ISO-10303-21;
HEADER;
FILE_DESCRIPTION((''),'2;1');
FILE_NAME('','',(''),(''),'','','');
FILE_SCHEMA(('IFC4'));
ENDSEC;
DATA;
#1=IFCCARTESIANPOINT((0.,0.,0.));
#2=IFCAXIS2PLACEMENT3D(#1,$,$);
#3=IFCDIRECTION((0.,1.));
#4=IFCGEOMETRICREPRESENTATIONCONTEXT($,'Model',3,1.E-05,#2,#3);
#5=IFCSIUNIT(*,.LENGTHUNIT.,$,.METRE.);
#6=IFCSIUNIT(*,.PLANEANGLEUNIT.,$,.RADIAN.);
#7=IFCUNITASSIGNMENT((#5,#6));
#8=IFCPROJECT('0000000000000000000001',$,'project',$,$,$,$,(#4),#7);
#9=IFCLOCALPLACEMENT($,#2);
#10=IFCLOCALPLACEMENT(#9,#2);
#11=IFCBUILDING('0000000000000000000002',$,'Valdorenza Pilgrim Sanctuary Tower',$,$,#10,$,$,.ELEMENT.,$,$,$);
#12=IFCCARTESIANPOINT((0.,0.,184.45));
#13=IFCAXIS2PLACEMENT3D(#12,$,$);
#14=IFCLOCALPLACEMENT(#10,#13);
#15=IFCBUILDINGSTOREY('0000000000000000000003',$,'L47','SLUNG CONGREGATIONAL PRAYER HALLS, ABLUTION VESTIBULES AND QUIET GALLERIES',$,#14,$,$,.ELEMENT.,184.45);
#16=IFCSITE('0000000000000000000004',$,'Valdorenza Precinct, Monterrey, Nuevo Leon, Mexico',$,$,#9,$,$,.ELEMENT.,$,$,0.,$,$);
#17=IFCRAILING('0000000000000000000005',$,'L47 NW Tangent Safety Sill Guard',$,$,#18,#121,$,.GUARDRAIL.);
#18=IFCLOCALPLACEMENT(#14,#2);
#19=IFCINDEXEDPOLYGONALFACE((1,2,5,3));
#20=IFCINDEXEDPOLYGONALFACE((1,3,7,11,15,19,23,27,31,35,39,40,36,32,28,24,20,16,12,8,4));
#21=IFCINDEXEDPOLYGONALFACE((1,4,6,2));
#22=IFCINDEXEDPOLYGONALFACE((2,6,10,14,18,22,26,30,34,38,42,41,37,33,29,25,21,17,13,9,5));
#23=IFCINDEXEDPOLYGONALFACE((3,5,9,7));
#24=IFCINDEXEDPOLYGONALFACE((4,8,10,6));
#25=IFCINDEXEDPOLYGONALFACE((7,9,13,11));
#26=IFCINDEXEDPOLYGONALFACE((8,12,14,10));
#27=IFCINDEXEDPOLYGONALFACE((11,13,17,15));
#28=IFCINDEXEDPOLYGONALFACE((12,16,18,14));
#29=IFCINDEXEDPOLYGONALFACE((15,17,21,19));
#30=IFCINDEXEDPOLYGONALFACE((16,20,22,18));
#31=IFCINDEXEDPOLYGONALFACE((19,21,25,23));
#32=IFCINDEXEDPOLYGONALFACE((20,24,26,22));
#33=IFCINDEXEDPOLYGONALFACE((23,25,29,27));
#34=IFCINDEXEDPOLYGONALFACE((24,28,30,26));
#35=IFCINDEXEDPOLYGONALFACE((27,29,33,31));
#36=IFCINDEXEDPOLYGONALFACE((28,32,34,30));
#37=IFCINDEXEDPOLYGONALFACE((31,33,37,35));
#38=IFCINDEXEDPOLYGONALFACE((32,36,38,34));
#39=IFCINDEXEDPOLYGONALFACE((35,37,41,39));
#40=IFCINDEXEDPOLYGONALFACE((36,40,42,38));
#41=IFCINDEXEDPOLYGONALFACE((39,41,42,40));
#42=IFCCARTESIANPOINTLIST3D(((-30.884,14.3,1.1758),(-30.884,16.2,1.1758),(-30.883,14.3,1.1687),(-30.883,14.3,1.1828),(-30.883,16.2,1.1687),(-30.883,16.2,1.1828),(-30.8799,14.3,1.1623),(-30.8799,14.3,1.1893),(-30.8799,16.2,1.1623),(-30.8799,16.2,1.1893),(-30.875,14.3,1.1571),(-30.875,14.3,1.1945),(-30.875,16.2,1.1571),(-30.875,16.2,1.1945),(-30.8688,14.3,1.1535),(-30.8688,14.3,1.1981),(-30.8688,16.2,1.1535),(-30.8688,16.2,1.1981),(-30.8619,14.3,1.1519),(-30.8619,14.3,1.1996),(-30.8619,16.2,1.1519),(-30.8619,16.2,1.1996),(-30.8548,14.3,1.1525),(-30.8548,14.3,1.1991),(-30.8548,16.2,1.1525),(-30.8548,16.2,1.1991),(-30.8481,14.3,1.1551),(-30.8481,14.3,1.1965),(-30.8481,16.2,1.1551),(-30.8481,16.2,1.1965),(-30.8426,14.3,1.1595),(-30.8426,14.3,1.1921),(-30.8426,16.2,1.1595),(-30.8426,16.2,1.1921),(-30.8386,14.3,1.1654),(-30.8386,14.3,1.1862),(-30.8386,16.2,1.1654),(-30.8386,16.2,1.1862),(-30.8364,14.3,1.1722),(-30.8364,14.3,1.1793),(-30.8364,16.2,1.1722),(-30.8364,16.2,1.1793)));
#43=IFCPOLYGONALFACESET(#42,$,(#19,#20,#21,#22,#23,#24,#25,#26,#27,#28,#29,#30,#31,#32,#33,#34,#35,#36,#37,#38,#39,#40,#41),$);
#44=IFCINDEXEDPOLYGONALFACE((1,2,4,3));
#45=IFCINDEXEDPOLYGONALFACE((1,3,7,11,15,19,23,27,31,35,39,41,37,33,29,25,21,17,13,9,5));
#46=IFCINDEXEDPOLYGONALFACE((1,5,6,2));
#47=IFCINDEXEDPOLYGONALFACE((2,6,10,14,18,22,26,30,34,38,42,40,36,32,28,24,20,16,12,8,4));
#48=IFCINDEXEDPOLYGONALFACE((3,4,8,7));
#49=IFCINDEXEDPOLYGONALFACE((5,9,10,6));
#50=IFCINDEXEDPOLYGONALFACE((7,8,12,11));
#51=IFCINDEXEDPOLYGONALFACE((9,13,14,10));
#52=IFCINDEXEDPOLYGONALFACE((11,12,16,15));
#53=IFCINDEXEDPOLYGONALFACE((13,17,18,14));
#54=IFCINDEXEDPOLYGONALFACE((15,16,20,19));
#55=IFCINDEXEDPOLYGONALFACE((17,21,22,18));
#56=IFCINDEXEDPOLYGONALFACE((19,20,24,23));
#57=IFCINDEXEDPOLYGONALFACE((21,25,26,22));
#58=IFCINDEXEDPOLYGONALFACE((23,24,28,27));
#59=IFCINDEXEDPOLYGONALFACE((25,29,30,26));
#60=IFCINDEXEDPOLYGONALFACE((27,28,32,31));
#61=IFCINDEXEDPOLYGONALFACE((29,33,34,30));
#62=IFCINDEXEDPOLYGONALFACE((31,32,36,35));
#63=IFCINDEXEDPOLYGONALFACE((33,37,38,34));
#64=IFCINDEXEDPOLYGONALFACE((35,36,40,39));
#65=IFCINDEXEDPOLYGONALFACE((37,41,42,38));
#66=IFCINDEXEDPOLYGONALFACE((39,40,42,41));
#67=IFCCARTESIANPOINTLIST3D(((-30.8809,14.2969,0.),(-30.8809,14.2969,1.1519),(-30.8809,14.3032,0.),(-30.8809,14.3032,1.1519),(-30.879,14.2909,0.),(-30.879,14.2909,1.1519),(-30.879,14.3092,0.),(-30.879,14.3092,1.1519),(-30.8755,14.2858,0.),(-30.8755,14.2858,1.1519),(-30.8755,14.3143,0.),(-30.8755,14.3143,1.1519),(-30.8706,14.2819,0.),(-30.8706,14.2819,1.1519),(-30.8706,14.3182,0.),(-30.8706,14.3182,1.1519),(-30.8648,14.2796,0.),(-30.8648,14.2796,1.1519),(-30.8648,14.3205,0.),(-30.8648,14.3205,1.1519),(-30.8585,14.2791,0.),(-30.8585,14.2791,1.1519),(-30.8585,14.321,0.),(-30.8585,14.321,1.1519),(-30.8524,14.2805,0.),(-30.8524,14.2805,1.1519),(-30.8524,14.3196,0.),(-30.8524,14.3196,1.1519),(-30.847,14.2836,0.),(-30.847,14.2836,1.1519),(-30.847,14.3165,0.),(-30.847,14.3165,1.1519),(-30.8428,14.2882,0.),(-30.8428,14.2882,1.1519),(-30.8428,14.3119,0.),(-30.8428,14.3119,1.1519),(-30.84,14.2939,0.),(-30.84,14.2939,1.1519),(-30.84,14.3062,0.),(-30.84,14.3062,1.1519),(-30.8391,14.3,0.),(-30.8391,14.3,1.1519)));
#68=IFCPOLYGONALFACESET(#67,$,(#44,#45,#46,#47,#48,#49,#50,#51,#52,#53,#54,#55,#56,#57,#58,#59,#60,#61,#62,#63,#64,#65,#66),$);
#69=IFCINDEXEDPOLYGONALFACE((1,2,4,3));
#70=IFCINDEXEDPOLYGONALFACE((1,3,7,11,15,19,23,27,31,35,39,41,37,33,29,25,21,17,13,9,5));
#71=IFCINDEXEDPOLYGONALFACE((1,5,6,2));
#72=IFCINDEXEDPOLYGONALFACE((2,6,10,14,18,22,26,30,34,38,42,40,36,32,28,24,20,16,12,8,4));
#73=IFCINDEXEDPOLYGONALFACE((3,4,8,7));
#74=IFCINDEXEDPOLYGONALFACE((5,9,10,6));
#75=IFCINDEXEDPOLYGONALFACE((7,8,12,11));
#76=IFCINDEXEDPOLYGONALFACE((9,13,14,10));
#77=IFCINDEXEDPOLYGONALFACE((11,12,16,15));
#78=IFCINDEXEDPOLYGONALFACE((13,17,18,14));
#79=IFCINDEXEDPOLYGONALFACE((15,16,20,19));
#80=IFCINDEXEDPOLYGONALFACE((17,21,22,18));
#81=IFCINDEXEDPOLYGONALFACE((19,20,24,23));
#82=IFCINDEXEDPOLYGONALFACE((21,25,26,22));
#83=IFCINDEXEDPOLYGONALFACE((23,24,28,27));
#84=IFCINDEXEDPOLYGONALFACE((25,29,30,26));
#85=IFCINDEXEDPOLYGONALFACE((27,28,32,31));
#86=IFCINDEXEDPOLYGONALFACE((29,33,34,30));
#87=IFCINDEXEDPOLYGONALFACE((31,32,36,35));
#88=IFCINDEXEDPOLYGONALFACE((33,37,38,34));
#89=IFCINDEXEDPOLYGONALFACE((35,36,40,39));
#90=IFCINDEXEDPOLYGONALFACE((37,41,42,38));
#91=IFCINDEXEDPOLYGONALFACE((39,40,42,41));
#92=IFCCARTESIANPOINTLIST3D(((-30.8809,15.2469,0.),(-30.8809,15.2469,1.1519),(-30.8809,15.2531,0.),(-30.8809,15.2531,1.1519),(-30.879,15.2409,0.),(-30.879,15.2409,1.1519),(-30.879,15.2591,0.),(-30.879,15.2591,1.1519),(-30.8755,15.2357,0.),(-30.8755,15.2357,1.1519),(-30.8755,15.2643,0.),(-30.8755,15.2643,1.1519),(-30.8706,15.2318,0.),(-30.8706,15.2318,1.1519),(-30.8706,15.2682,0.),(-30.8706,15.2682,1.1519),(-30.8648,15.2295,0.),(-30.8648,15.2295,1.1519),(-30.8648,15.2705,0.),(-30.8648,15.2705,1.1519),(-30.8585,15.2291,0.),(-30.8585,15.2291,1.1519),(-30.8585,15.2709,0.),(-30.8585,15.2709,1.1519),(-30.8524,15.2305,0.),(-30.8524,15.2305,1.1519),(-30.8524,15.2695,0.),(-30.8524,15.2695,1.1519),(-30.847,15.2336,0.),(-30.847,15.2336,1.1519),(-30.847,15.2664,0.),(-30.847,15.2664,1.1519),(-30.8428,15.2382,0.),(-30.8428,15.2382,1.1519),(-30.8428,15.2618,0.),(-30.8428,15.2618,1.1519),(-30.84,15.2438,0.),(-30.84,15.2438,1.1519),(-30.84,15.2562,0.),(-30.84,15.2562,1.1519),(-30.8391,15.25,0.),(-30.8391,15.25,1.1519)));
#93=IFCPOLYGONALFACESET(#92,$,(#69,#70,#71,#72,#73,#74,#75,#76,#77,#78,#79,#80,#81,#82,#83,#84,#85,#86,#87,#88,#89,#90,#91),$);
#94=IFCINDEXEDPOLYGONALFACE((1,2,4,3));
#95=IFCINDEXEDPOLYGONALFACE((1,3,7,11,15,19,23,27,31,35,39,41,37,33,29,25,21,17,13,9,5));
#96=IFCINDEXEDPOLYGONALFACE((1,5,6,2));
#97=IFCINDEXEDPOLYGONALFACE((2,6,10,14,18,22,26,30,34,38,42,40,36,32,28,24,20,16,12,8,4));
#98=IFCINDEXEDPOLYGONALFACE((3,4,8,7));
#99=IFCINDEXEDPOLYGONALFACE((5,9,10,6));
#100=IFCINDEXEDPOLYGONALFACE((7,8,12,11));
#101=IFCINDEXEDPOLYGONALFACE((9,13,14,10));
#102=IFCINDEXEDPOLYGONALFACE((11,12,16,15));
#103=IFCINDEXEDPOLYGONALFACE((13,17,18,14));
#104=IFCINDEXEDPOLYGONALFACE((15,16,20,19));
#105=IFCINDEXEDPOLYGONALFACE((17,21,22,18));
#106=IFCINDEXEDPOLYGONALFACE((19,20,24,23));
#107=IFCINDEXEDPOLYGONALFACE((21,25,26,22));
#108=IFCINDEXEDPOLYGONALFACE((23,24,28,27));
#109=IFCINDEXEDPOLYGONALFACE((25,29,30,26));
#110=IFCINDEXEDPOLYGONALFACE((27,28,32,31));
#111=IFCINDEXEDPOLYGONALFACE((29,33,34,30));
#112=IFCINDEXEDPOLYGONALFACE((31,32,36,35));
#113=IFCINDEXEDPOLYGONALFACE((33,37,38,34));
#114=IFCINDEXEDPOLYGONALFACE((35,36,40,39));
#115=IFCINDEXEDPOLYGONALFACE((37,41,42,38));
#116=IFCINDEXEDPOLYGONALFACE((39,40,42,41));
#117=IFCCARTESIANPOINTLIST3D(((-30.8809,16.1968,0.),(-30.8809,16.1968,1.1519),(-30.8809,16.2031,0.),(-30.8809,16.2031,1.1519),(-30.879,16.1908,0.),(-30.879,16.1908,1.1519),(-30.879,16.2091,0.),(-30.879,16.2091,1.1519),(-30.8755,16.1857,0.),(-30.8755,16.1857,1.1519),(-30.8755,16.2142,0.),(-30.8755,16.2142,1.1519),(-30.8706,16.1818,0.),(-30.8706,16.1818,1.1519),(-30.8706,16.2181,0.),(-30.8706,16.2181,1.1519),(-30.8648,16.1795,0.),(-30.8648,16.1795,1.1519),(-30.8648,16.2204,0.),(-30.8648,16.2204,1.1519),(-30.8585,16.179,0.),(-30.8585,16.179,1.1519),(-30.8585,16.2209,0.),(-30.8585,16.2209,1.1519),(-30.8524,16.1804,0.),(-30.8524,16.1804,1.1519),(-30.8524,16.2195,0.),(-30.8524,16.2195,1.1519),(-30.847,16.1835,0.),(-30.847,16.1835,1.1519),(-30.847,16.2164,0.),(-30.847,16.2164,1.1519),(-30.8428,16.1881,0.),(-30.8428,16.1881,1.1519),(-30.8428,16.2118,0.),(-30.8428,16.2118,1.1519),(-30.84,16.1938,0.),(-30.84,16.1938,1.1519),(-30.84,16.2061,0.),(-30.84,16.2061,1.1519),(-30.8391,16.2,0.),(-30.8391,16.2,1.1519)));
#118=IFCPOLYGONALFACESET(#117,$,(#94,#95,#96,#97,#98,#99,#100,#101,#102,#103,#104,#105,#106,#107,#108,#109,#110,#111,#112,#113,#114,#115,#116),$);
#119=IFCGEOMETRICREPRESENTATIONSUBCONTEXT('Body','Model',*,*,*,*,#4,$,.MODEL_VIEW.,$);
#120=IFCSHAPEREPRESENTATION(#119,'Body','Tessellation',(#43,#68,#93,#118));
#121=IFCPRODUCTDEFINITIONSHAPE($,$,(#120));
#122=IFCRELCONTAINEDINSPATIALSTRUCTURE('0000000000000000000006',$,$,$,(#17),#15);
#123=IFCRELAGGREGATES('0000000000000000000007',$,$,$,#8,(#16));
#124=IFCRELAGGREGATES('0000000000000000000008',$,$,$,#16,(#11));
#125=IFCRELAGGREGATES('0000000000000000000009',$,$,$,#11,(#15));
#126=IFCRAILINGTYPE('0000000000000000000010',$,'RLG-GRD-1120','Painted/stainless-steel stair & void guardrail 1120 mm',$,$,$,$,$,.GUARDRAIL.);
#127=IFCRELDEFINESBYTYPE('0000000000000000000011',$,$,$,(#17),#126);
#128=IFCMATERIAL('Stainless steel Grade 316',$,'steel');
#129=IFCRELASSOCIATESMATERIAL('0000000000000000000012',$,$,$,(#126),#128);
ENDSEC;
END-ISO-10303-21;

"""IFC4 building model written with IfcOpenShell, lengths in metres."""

from ifc_helpers import new_model, si_unit, direction, frame, origin, origin_2d, place, context, subcontext, project, spatial, circle, extrude, material, type_object, element, save


model = new_model("IFC4")

# Units and contexts
model_context = context("Model", 3, precision=1e-05, world=origin(), true_north=direction((0.0, 1.0)))
body_context = subcontext(model_context, "Body", "Model", "MODEL_VIEW")
ifc_project = project(units=[si_unit("LENGTHUNIT", "METRE"), si_unit("PLANEANGLEUNIT", "RADIAN")], contexts=[model_context])

# Site, building, storey
site_placement = place(None, origin())
site = spatial("IfcSite", under=ifc_project, at=site_placement, Name="Valdorenza Precinct, Monterrey, Nuevo Leon, Mexico", CompositionType="ELEMENT", RefElevation=0.0)
building_placement = place(site_placement, origin())
building = spatial("IfcBuilding", under=site, at=building_placement, Name="Valdorenza Pilgrim Sanctuary Tower", CompositionType="ELEMENT")
storey_placement = place(building_placement, frame((0.0, 0.0, 184.45)))
storey = spatial("IfcBuildingStorey", under=building, at=storey_placement, Name="L47", Description="SLUNG CONGREGATIONAL PRAYER HALLS, ABLUTION VESTIBULES AND QUIET GALLERIES", CompositionType="ELEMENT", Elevation=184.45)

# Railing
ifc_material_1 = material(Name="Stainless steel Grade 316", Category="steel")
railing_type = type_object("IfcRailingType", Name="RLG-GRD-1120", Description="Painted/stainless-steel stair & void guardrail 1120 mm", PredefinedType="GUARDRAIL", material=ifc_material_1)
railing_placement = place(storey_placement, frame((-30.8601, 14.3, 0.0)))
element("IfcRailing", 1, at=railing_placement, inside=storey, type_object=railing_type, Name="L47 NW Tangent Safety Sill Guard", PredefinedType="GUARDRAIL", context=body_context, shape_type="SweptSolid", body=[
    extrude(circle(Radius=0.0239, at=origin_2d()), frame((0.0, 0.0, 1.1758), z_axis=(0.0, 1.0, 0.0), x_axis=(-1.0, 0.0, 0.0)), (0.0, 0.0, 1.0), 1.8999),
    extrude(circle(Radius=0.021, at=origin_2d()), origin(), (0.0, 0.0, 1.0), 1.1519),
    extrude(circle(Radius=0.021, at=origin_2d()), frame((0.0, 0.95, 0.0)), (0.0, 0.0, 1.0), 1.1519),
    extrude(circle(Radius=0.021, at=origin_2d()), frame((0.0, 1.8999, 0.0)), (0.0, 0.0, 1.0), 1.1519),
])

save(model, "model.ifc")
